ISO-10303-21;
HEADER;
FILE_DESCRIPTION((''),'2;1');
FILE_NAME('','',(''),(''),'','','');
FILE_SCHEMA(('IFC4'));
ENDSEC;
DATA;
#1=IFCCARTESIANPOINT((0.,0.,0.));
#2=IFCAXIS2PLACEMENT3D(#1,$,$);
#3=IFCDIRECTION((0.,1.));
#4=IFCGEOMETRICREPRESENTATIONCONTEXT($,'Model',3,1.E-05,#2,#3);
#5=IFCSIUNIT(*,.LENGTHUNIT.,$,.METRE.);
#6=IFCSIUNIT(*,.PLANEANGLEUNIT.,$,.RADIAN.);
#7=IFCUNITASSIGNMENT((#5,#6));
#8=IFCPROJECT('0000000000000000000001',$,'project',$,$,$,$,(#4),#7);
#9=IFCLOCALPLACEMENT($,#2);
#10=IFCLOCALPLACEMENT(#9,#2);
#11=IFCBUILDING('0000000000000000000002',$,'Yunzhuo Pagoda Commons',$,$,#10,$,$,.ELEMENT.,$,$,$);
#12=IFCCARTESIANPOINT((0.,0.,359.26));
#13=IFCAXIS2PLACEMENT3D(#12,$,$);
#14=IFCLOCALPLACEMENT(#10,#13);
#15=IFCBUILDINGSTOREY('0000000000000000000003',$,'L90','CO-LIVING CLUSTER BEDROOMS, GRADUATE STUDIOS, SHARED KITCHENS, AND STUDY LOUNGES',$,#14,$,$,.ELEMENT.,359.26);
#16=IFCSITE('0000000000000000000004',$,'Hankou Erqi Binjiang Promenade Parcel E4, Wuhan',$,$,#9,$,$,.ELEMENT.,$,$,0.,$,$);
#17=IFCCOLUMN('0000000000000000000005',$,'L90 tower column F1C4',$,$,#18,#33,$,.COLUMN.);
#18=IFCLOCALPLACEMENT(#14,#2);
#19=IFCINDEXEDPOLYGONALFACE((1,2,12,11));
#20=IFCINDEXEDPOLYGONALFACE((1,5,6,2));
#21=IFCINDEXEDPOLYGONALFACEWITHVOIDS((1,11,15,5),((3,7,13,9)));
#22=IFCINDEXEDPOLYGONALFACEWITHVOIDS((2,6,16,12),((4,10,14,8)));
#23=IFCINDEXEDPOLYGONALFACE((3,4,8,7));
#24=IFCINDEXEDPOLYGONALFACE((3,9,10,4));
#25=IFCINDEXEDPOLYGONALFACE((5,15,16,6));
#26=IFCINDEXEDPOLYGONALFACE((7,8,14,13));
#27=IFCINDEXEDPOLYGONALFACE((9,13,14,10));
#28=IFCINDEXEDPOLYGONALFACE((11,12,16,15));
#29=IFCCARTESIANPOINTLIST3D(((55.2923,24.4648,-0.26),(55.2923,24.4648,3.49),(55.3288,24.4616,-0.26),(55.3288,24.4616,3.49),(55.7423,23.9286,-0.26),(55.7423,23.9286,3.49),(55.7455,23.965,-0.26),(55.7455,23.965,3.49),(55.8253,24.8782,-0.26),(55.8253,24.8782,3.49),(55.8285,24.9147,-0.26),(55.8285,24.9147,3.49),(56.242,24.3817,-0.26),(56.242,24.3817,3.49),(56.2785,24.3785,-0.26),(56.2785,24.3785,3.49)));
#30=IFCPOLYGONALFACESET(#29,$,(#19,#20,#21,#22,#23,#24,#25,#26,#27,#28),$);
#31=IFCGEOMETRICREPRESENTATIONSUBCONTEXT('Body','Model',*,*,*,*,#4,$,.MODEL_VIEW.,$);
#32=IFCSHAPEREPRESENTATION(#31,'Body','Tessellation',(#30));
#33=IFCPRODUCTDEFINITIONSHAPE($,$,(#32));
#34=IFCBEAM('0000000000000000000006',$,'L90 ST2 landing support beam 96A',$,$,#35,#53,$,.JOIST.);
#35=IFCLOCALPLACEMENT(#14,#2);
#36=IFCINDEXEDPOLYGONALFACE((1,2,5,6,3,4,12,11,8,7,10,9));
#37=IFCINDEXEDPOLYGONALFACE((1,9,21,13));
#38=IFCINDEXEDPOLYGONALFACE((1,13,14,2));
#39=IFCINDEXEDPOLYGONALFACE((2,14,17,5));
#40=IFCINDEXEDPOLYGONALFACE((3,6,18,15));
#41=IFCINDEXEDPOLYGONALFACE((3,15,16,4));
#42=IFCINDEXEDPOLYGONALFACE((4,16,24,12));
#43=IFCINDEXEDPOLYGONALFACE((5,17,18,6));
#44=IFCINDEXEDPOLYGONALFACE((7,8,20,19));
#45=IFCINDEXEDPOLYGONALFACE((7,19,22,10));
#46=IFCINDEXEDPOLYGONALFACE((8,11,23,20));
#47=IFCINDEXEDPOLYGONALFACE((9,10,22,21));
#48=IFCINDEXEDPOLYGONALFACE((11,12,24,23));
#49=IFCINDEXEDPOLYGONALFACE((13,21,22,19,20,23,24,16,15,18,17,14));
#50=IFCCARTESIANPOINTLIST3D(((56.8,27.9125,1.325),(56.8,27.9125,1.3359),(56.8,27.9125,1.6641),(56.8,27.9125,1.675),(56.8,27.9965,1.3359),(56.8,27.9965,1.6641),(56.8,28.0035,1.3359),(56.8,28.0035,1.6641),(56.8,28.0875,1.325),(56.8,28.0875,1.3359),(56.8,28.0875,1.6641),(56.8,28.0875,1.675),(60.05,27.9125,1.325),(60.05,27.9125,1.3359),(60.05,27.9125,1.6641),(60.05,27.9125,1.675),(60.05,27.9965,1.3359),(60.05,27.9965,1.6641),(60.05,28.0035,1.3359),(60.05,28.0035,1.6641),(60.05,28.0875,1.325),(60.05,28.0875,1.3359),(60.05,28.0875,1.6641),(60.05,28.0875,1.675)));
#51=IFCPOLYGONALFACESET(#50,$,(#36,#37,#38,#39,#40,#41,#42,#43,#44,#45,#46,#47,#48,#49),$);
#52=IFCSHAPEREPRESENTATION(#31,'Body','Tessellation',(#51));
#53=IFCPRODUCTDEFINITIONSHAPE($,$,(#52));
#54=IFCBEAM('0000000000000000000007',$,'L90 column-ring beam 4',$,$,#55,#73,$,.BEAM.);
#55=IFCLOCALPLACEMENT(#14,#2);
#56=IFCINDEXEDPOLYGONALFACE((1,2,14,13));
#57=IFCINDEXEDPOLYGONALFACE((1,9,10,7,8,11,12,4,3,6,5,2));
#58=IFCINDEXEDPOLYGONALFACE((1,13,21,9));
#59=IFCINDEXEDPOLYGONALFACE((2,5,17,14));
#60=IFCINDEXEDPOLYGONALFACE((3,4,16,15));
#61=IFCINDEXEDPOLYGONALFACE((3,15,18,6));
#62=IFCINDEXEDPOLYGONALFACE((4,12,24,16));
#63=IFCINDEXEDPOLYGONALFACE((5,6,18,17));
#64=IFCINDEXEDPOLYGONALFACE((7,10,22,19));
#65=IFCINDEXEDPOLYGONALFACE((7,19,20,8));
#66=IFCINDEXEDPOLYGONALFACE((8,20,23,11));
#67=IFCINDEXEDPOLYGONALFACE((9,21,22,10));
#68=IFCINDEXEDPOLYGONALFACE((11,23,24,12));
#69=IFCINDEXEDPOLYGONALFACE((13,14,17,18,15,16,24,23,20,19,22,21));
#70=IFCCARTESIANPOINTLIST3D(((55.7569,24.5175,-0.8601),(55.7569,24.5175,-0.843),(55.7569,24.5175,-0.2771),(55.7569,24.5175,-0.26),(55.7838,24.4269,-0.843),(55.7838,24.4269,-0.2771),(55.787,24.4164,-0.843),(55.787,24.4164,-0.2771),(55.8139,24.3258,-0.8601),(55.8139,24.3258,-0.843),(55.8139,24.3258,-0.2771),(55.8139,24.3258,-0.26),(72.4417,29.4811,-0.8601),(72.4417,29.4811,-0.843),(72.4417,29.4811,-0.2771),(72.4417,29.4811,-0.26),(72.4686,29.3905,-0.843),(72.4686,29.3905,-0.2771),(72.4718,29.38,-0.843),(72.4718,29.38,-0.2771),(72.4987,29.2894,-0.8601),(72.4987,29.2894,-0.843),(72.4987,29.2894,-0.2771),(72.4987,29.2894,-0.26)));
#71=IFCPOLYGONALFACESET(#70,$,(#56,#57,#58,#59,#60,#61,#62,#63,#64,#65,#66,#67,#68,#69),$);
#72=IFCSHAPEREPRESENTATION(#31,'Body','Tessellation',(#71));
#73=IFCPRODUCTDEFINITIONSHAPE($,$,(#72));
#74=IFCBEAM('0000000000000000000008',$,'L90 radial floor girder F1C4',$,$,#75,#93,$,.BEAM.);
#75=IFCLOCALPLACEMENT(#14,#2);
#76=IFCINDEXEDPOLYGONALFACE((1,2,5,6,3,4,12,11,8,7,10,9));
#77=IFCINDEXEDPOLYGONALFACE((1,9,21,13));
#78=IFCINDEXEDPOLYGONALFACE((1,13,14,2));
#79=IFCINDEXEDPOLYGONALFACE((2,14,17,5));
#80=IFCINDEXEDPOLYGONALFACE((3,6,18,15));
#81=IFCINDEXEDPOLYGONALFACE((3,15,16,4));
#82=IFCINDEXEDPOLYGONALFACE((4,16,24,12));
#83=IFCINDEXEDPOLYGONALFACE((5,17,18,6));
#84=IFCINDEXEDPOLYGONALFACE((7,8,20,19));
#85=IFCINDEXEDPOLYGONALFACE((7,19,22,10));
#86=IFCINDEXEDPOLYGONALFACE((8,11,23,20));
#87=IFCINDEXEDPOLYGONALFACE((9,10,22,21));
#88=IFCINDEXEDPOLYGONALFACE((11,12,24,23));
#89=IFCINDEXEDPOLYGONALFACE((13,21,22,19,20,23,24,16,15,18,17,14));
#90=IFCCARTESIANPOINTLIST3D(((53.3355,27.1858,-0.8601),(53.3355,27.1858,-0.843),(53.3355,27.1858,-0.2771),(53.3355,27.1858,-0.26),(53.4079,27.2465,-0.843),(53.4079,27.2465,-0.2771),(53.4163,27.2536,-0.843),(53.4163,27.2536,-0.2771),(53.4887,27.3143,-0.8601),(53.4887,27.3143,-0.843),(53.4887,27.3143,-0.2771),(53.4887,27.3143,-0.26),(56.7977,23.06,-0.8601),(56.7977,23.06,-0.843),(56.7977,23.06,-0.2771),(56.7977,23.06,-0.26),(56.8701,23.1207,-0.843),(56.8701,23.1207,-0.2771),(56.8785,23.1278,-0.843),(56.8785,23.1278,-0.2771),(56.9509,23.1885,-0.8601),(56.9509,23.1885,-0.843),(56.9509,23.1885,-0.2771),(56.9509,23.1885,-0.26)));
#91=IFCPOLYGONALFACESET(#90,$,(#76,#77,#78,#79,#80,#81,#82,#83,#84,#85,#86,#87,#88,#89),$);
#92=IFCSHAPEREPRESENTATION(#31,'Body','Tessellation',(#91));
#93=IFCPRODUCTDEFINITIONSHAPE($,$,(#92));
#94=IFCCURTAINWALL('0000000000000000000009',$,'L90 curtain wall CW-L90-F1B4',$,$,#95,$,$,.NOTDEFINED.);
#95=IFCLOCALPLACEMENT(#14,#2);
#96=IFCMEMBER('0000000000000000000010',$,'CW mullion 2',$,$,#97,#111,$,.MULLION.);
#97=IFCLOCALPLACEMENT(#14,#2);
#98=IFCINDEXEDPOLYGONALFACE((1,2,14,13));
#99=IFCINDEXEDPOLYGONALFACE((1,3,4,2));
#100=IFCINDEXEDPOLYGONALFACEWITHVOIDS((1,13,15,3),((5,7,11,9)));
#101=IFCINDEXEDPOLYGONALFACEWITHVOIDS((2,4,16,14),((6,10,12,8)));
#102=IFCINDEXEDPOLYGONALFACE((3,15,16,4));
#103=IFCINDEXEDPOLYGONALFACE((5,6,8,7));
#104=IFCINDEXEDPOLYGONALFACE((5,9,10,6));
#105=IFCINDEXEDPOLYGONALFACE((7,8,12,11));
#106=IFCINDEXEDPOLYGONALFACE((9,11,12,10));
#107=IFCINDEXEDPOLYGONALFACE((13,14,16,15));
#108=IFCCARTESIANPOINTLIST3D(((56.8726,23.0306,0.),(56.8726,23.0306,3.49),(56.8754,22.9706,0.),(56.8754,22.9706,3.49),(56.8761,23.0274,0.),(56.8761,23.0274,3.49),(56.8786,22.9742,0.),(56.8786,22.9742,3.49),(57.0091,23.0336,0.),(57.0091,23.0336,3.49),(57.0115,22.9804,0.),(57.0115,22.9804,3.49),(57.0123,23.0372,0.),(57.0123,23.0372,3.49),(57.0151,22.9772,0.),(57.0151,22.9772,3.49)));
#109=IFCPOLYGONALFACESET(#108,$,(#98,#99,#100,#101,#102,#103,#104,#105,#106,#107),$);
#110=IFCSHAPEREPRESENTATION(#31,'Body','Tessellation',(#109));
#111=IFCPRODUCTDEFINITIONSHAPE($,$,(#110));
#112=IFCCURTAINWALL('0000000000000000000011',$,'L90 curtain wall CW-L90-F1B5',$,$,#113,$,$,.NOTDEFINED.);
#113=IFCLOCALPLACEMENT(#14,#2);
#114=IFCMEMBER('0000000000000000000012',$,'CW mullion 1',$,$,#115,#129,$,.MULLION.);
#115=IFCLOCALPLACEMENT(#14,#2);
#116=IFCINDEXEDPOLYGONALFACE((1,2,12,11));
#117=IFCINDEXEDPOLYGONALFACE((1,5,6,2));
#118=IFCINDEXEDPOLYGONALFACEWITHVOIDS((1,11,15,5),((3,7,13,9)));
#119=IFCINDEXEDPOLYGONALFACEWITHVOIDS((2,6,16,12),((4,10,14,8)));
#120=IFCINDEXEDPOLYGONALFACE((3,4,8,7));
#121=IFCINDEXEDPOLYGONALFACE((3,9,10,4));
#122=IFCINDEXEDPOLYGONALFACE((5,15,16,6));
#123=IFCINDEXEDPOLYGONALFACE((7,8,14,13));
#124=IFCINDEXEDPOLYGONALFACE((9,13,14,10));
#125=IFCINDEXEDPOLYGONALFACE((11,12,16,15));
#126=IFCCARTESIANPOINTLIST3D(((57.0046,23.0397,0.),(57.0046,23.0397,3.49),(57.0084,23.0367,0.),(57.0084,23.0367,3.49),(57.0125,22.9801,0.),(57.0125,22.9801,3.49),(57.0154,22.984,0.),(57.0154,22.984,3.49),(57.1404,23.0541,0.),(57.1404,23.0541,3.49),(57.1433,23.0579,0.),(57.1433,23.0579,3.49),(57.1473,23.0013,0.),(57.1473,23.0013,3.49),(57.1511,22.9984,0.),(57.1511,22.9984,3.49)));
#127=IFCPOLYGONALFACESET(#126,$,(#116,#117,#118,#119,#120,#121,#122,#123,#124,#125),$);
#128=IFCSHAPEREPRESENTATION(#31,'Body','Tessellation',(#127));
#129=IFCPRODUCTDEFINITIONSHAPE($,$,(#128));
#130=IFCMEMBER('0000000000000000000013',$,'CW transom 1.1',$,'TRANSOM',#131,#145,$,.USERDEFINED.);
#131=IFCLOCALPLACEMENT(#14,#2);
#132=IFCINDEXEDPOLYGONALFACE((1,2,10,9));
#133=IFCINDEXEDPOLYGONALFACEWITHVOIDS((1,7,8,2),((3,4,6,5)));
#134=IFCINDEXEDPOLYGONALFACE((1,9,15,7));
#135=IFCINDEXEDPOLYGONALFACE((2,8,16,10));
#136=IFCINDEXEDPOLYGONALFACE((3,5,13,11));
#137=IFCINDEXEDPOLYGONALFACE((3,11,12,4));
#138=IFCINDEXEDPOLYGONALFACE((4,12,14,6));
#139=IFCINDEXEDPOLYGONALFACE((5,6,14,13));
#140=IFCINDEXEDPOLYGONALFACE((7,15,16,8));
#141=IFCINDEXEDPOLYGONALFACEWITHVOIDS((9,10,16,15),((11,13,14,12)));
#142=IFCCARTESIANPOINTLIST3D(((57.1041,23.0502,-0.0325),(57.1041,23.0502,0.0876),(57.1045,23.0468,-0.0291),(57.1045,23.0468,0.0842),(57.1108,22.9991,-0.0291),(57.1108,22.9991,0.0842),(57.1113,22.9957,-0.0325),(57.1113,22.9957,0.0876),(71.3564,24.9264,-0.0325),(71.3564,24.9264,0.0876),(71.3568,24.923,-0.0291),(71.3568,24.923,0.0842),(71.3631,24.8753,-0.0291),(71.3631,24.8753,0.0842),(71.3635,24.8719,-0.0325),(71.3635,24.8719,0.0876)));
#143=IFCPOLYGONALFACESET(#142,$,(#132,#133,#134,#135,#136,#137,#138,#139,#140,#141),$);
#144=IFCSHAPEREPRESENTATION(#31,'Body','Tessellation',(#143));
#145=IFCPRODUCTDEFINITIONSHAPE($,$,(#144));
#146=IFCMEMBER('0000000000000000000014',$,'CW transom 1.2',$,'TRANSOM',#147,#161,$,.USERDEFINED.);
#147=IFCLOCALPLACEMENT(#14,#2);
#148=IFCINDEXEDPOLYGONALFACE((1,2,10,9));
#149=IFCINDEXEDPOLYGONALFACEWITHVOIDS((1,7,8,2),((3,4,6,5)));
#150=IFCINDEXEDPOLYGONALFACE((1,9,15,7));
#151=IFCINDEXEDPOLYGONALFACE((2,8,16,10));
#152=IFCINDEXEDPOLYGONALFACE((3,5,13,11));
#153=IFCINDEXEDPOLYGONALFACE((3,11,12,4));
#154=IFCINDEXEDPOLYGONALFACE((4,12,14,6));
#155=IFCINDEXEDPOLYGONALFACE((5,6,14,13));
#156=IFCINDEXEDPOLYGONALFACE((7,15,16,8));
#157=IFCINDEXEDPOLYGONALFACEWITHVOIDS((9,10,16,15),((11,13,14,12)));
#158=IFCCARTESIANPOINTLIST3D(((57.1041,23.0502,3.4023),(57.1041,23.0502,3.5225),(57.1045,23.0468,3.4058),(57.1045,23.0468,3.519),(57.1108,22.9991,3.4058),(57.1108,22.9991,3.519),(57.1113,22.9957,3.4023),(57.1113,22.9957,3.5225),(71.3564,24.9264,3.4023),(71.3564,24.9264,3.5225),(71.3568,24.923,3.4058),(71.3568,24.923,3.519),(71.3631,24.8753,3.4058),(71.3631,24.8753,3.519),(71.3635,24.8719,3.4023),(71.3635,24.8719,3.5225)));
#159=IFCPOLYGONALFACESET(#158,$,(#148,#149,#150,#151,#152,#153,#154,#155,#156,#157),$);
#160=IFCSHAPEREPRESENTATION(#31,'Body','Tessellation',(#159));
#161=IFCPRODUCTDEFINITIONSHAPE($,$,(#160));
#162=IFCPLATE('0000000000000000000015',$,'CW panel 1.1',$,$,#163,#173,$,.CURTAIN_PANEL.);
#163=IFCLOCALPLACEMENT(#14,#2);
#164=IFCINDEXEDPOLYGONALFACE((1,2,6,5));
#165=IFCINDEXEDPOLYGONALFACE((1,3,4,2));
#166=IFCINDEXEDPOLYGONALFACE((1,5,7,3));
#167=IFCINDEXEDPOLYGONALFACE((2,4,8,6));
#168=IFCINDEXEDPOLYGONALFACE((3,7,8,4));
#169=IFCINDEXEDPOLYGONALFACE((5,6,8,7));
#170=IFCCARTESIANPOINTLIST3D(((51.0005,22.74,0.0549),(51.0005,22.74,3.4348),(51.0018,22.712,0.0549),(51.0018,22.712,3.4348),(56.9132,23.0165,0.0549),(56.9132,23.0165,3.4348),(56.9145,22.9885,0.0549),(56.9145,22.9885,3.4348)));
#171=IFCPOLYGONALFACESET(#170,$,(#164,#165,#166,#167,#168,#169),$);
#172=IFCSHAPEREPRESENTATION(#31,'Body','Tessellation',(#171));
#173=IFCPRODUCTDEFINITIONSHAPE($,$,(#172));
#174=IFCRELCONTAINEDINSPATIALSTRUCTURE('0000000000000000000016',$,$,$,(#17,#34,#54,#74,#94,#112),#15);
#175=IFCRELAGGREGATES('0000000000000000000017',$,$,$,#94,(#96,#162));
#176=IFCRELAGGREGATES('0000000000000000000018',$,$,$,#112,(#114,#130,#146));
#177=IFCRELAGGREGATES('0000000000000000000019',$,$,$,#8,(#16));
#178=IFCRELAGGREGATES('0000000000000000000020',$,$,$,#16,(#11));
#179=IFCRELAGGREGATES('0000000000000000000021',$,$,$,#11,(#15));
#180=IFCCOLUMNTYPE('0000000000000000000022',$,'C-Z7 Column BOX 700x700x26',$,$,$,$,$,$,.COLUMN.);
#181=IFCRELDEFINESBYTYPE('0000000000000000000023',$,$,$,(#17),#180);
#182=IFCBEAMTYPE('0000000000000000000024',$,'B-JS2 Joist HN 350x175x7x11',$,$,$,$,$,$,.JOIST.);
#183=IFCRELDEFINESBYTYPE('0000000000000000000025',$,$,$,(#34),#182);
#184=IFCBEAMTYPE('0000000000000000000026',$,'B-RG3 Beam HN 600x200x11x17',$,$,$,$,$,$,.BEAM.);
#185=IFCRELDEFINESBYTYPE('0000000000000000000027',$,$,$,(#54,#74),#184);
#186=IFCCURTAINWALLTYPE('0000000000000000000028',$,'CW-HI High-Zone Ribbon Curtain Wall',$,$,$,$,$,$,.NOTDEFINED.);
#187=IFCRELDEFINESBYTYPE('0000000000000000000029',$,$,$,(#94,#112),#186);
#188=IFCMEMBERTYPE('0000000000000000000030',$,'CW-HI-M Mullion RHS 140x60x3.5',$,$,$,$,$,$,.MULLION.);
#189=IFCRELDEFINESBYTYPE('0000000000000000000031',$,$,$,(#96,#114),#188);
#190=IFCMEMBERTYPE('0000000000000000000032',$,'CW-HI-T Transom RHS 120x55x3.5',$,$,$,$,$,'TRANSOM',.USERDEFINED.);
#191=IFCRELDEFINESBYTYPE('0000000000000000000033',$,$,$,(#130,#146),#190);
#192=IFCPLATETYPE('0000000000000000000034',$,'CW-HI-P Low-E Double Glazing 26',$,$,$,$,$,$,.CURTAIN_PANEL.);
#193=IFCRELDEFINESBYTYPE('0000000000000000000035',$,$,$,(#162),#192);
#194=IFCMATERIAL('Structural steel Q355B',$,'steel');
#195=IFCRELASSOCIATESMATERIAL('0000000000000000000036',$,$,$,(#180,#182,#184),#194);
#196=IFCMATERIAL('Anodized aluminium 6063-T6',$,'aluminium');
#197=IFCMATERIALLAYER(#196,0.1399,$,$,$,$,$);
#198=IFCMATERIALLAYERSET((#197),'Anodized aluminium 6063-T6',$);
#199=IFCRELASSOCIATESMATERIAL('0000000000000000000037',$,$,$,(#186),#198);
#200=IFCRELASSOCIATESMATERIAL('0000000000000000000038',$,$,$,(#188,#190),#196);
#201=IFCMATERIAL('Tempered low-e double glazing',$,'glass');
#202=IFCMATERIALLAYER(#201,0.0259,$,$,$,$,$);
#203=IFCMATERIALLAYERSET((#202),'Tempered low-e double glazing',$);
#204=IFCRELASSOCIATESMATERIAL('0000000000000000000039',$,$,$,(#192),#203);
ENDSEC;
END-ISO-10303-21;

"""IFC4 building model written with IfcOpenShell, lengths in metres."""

from ifc_helpers import new_model, si_unit, direction, frame, origin, origin_2d, place, context, subcontext, project, spatial, rectangle, hollow_rectangle, i_section, extrude, source, transform, mapped, material, layer, layer_set, material_profile, profile_set, type_object, element, aggregate, save


model = new_model("IFC4")

# Units and contexts
model_context = context("Model", 3, precision=1e-05, world=origin(), true_north=direction((0.0, 1.0)))
body_context = subcontext(model_context, "Body", "Model", "MODEL_VIEW")
ifc_project = project(units=[si_unit("LENGTHUNIT", "METRE"), si_unit("PLANEANGLEUNIT", "RADIAN")], contexts=[model_context])

# Site, building, storey
site_placement = place(None, origin())
site = spatial("IfcSite", under=ifc_project, at=site_placement, Name="Hankou Erqi Binjiang Promenade Parcel E4, Wuhan", CompositionType="ELEMENT", RefElevation=0.0)
building_placement = place(site_placement, origin())
building = spatial("IfcBuilding", under=site, at=building_placement, Name="Yunzhuo Pagoda Commons", CompositionType="ELEMENT")
storey_placement = place(building_placement, frame((0.0, 0.0, 359.26)))
storey = spatial("IfcBuildingStorey", under=building, at=storey_placement, Name="L90", Description="CO-LIVING CLUSTER BEDROOMS, GRADUATE STUDIOS, SHARED KITCHENS, AND STUDY LOUNGES", CompositionType="ELEMENT", Elevation=359.26)

# Column
ifc_material_1 = material(Name="Structural steel Q355B", Category="steel")
ifc_material_profile_1 = material_profile(ifc_material_1, hollow_rectangle(XDim=0.7, YDim=0.7, WallThickness=0.0259, at=origin_2d()), Name="Structural steel Q355B")
ifc_profile_set_1 = profile_set([ifc_material_profile_1], Name="Structural steel Q355B")
column_type = type_object("IfcColumnType", Name="C-Z7 Column BOX 700x700x26", PredefinedType="COLUMN", material=ifc_profile_set_1)
shared_shape_1 = source(origin(), body_context, "Body", "SweptSolid", [
    extrude(hollow_rectangle(XDim=0.7, YDim=0.7, WallThickness=0.0259, at=origin_2d()), origin(), (0.0, 0.0, 1.0), 3.75),
])
column_placement = place(storey_placement, frame((55.7854, 24.4216, -0.26), z_axis=(0.0, 0.0, 1.0), x_axis=(0.766044, 0.642788, 0.0)))
element("IfcColumn", 1, at=column_placement, inside=storey, type_object=column_type, Name="L90 tower column F1C4", PredefinedType="COLUMN", context=body_context, shape_type="MappedRepresentation", body=[
    mapped(shared_shape_1, transform((0.0, 0.0, 0.0), scale=1.0)),
])

# Beams
ifc_material_profile_2 = material_profile(ifc_material_1, i_section(OverallWidth=0.175, OverallDepth=0.3501, WebThickness=0.0071, FlangeThickness=0.011, at=origin_2d()), Name="Structural steel Q355B")
ifc_profile_set_2 = profile_set([ifc_material_profile_2], Name="Structural steel Q355B")
beam_type_1 = type_object("IfcBeamType", Name="B-JS2 Joist HN 350x175x7x11", PredefinedType="JOIST", material=ifc_profile_set_2)
shared_shape_2 = source(origin(), body_context, "Body", "SweptSolid", [
    extrude(i_section(OverallWidth=0.175, OverallDepth=0.3501, WebThickness=0.0071, FlangeThickness=0.011, at=origin_2d()), origin(), (0.0, 0.0, 1.0), 3.25),
])
beam_1_placement = place(storey_placement, frame((56.8, 28.0, 1.5), z_axis=(1.0, 0.0, 0.0), x_axis=(0.0, 1.0, 0.0)))
element("IfcBeam", 2, at=beam_1_placement, inside=storey, type_object=beam_type_1, Name="L90 ST2 landing support beam 96A", PredefinedType="JOIST", context=body_context, shape_type="MappedRepresentation", body=[
    mapped(shared_shape_2, transform((0.0, 0.0, 0.0), scale=1.0)),
])
ifc_material_profile_3 = material_profile(ifc_material_1, i_section(OverallWidth=0.2, OverallDepth=0.6001, WebThickness=0.011, FlangeThickness=0.0171, at=origin_2d()), Name="Structural steel Q355B")
ifc_profile_set_3 = profile_set([ifc_material_profile_3], Name="Structural steel Q355B")
beam_type_2 = type_object("IfcBeamType", Name="B-RG3 Beam HN 600x200x11x17", PredefinedType="BEAM", material=ifc_profile_set_3)
shared_shape_3 = source(origin(), body_context, "Body", "SweptSolid", [
    extrude(i_section(OverallWidth=0.2, OverallDepth=0.6001, WebThickness=0.011, FlangeThickness=0.0171, at=origin_2d()), origin(), (0.0, 0.0, 1.0), 17.4075),
])
beam_2_placement = place(storey_placement, frame((55.7854, 24.4216, -0.5601), z_axis=(0.958485, 0.285143, 0.0), x_axis=(-0.285143, 0.958485, 0.0)))
element("IfcBeam", 3, at=beam_2_placement, inside=storey, type_object=beam_type_2, Name="L90 column-ring beam 4", PredefinedType="BEAM", context=body_context, shape_type="MappedRepresentation", body=[
    mapped(shared_shape_3, transform((0.0, 0.0, 0.0), scale=1.0)),
])
shared_shape_4 = source(origin(), body_context, "Body", "SweptSolid", [
    extrude(i_section(OverallWidth=0.2, OverallDepth=0.6001, WebThickness=0.011, FlangeThickness=0.0171, at=origin_2d()), origin(), (0.0, 0.0, 1.0), 5.386),
])
beam_3_placement = place(storey_placement, frame((56.8743, 23.1243, -0.5601), z_axis=(-0.642816, 0.766021, 0.0), x_axis=(-0.766021, -0.642816, 0.0)))
element("IfcBeam", 4, at=beam_3_placement, inside=storey, type_object=beam_type_2, Name="L90 radial floor girder F1C4", PredefinedType="BEAM", context=body_context, shape_type="MappedRepresentation", body=[
    mapped(shared_shape_4, transform((0.0, 0.0, 0.0), scale=1.0)),
])

# Curtain wall, member
ifc_material_2 = material(Name="Anodized aluminium 6063-T6", Category="aluminium")
ifc_layer_1 = layer(ifc_material_2, 0.1399)
ifc_layer_set_1 = layer_set([ifc_layer_1], Name="Anodized aluminium 6063-T6")
curtain_wall_type = type_object("IfcCurtainWallType", Name="CW-HI High-Zone Ribbon Curtain Wall", PredefinedType="NOTDEFINED", material=ifc_layer_set_1)
curtain_wall_1_placement = place(storey_placement, origin())
curtain_wall_1 = element("IfcCurtainWall", 5, at=curtain_wall_1_placement, inside=storey, type_object=curtain_wall_type, Name="L90 curtain wall CW-L90-F1B4", PredefinedType="NOTDEFINED")
ifc_material_profile_4 = material_profile(ifc_material_2, hollow_rectangle(XDim=0.0601, YDim=0.1399, WallThickness=0.0034, at=origin_2d()), Name="Anodized aluminium 6063-T6")
ifc_profile_set_4 = profile_set([ifc_material_profile_4], Name="Anodized aluminium 6063-T6")
member_type_1 = type_object("IfcMemberType", Name="CW-HI-M Mullion RHS 140x60x3.5", PredefinedType="MULLION", material=ifc_profile_set_4)
shared_shape_5 = source(origin(), body_context, "Body", "SweptSolid", [
    extrude(hollow_rectangle(XDim=0.0601, YDim=0.1399, WallThickness=0.0034, at=origin_2d()), origin(), (0.0, 0.0, 1.0), 3.49),
])
member_1_placement = place(storey_placement, frame((56.9438, 23.0039, 0.0), z_axis=(0.0, 0.0, 1.0), x_axis=(-0.046712, 0.998908, 0.0)))
member_1 = element("IfcMember", 6, at=member_1_placement, type_object=member_type_1, Name="CW mullion 2", PredefinedType="MULLION", context=body_context, shape_type="MappedRepresentation", body=[
    mapped(shared_shape_5, transform((0.0, 0.0, 0.0), scale=1.0)),
])

# Curtain wall, members
curtain_wall_2_placement = place(storey_placement, origin())
curtain_wall_2 = element("IfcCurtainWall", 7, at=curtain_wall_2_placement, inside=storey, type_object=curtain_wall_type, Name="L90 curtain wall CW-L90-F1B5", PredefinedType="NOTDEFINED")
member_2_placement = place(storey_placement, frame((57.0779, 23.019, 0.0), z_axis=(0.0, 0.0, 1.0), x_axis=(-0.130506, 0.991448, 0.0)))
member_2 = element("IfcMember", 8, at=member_2_placement, type_object=member_type_1, Name="CW mullion 1", PredefinedType="MULLION", context=body_context, shape_type="MappedRepresentation", body=[
    mapped(shared_shape_5, transform((0.0, 0.0, 0.0), scale=1.0)),
])
ifc_material_profile_5 = material_profile(ifc_material_2, hollow_rectangle(XDim=0.0549, YDim=0.1201, WallThickness=0.0034, at=origin_2d()), Name="Anodized aluminium 6063-T6")
ifc_profile_set_5 = profile_set([ifc_material_profile_5], Name="Anodized aluminium 6063-T6")
member_type_2 = type_object("IfcMemberType", Name="CW-HI-T Transom RHS 120x55x3.5", ElementType="TRANSOM", PredefinedType="USERDEFINED", material=ifc_profile_set_5)
shared_shape_6 = source(origin(), body_context, "Body", "SweptSolid", [
    extrude(hollow_rectangle(XDim=0.0549, YDim=0.1201, WallThickness=0.0034, at=origin_2d()), origin(), (0.0, 0.0, 1.0), 14.3752),
])
member_3_placement = place(storey_placement, frame((57.1077, 23.0229, 0.0276), z_axis=(0.991446, 0.130518, 0.0), x_axis=(-0.130518, 0.991446, 0.0)))
member_3 = element("IfcMember", 9, at=member_3_placement, type_object=member_type_2, Name="CW transom 1.1", ObjectType="TRANSOM", PredefinedType="USERDEFINED", context=body_context, shape_type="MappedRepresentation", body=[
    mapped(shared_shape_6, transform((0.0, 0.0, 0.0), scale=1.0)),
])
member_4_placement = place(storey_placement, frame((57.1077, 23.0229, 3.4624), z_axis=(0.991446, 0.130518, 0.0), x_axis=(-0.130518, 0.991446, 0.0)))
member_4 = element("IfcMember", 10, at=member_4_placement, type_object=member_type_2, Name="CW transom 1.2", ObjectType="TRANSOM", PredefinedType="USERDEFINED", context=body_context, shape_type="MappedRepresentation", body=[
    mapped(shared_shape_6, transform((0.0, 0.0, 0.0), scale=1.0)),
])

# Plate
ifc_material_3 = material(Name="Tempered low-e double glazing", Category="glass")
ifc_layer_2 = layer(ifc_material_3, 0.0259)
ifc_layer_set_2 = layer_set([ifc_layer_2], Name="Tempered low-e double glazing")
plate_type = type_object("IfcPlateType", Name="CW-HI-P Low-E Double Glazing 26", PredefinedType="CURTAIN_PANEL", material=ifc_layer_set_2)
shared_shape_7 = source(origin(), body_context, "Body", "SweptSolid", [
    extrude(rectangle(XDim=5.9192, YDim=0.0281, at=origin_2d()), origin(), (0.0, 0.0, 1.0), 3.3799),
])
plate_1_placement = place(storey_placement, frame((53.9575, 22.8643, 0.0549), z_axis=(0.0, 0.0, 1.0), x_axis=(0.998908, 0.046712, 0.0)))
plate_1 = element("IfcPlate", 11, at=plate_1_placement, type_object=plate_type, Name="CW panel 1.1", PredefinedType="CURTAIN_PANEL", context=body_context, shape_type="MappedRepresentation", body=[
    mapped(shared_shape_7, transform((0.0, 0.0, 0.0), scale=1.0)),
])
aggregate(curtain_wall_1, [member_1, plate_1])
aggregate(curtain_wall_2, [member_2, member_3, member_4])

save(model, "model.ifc")
